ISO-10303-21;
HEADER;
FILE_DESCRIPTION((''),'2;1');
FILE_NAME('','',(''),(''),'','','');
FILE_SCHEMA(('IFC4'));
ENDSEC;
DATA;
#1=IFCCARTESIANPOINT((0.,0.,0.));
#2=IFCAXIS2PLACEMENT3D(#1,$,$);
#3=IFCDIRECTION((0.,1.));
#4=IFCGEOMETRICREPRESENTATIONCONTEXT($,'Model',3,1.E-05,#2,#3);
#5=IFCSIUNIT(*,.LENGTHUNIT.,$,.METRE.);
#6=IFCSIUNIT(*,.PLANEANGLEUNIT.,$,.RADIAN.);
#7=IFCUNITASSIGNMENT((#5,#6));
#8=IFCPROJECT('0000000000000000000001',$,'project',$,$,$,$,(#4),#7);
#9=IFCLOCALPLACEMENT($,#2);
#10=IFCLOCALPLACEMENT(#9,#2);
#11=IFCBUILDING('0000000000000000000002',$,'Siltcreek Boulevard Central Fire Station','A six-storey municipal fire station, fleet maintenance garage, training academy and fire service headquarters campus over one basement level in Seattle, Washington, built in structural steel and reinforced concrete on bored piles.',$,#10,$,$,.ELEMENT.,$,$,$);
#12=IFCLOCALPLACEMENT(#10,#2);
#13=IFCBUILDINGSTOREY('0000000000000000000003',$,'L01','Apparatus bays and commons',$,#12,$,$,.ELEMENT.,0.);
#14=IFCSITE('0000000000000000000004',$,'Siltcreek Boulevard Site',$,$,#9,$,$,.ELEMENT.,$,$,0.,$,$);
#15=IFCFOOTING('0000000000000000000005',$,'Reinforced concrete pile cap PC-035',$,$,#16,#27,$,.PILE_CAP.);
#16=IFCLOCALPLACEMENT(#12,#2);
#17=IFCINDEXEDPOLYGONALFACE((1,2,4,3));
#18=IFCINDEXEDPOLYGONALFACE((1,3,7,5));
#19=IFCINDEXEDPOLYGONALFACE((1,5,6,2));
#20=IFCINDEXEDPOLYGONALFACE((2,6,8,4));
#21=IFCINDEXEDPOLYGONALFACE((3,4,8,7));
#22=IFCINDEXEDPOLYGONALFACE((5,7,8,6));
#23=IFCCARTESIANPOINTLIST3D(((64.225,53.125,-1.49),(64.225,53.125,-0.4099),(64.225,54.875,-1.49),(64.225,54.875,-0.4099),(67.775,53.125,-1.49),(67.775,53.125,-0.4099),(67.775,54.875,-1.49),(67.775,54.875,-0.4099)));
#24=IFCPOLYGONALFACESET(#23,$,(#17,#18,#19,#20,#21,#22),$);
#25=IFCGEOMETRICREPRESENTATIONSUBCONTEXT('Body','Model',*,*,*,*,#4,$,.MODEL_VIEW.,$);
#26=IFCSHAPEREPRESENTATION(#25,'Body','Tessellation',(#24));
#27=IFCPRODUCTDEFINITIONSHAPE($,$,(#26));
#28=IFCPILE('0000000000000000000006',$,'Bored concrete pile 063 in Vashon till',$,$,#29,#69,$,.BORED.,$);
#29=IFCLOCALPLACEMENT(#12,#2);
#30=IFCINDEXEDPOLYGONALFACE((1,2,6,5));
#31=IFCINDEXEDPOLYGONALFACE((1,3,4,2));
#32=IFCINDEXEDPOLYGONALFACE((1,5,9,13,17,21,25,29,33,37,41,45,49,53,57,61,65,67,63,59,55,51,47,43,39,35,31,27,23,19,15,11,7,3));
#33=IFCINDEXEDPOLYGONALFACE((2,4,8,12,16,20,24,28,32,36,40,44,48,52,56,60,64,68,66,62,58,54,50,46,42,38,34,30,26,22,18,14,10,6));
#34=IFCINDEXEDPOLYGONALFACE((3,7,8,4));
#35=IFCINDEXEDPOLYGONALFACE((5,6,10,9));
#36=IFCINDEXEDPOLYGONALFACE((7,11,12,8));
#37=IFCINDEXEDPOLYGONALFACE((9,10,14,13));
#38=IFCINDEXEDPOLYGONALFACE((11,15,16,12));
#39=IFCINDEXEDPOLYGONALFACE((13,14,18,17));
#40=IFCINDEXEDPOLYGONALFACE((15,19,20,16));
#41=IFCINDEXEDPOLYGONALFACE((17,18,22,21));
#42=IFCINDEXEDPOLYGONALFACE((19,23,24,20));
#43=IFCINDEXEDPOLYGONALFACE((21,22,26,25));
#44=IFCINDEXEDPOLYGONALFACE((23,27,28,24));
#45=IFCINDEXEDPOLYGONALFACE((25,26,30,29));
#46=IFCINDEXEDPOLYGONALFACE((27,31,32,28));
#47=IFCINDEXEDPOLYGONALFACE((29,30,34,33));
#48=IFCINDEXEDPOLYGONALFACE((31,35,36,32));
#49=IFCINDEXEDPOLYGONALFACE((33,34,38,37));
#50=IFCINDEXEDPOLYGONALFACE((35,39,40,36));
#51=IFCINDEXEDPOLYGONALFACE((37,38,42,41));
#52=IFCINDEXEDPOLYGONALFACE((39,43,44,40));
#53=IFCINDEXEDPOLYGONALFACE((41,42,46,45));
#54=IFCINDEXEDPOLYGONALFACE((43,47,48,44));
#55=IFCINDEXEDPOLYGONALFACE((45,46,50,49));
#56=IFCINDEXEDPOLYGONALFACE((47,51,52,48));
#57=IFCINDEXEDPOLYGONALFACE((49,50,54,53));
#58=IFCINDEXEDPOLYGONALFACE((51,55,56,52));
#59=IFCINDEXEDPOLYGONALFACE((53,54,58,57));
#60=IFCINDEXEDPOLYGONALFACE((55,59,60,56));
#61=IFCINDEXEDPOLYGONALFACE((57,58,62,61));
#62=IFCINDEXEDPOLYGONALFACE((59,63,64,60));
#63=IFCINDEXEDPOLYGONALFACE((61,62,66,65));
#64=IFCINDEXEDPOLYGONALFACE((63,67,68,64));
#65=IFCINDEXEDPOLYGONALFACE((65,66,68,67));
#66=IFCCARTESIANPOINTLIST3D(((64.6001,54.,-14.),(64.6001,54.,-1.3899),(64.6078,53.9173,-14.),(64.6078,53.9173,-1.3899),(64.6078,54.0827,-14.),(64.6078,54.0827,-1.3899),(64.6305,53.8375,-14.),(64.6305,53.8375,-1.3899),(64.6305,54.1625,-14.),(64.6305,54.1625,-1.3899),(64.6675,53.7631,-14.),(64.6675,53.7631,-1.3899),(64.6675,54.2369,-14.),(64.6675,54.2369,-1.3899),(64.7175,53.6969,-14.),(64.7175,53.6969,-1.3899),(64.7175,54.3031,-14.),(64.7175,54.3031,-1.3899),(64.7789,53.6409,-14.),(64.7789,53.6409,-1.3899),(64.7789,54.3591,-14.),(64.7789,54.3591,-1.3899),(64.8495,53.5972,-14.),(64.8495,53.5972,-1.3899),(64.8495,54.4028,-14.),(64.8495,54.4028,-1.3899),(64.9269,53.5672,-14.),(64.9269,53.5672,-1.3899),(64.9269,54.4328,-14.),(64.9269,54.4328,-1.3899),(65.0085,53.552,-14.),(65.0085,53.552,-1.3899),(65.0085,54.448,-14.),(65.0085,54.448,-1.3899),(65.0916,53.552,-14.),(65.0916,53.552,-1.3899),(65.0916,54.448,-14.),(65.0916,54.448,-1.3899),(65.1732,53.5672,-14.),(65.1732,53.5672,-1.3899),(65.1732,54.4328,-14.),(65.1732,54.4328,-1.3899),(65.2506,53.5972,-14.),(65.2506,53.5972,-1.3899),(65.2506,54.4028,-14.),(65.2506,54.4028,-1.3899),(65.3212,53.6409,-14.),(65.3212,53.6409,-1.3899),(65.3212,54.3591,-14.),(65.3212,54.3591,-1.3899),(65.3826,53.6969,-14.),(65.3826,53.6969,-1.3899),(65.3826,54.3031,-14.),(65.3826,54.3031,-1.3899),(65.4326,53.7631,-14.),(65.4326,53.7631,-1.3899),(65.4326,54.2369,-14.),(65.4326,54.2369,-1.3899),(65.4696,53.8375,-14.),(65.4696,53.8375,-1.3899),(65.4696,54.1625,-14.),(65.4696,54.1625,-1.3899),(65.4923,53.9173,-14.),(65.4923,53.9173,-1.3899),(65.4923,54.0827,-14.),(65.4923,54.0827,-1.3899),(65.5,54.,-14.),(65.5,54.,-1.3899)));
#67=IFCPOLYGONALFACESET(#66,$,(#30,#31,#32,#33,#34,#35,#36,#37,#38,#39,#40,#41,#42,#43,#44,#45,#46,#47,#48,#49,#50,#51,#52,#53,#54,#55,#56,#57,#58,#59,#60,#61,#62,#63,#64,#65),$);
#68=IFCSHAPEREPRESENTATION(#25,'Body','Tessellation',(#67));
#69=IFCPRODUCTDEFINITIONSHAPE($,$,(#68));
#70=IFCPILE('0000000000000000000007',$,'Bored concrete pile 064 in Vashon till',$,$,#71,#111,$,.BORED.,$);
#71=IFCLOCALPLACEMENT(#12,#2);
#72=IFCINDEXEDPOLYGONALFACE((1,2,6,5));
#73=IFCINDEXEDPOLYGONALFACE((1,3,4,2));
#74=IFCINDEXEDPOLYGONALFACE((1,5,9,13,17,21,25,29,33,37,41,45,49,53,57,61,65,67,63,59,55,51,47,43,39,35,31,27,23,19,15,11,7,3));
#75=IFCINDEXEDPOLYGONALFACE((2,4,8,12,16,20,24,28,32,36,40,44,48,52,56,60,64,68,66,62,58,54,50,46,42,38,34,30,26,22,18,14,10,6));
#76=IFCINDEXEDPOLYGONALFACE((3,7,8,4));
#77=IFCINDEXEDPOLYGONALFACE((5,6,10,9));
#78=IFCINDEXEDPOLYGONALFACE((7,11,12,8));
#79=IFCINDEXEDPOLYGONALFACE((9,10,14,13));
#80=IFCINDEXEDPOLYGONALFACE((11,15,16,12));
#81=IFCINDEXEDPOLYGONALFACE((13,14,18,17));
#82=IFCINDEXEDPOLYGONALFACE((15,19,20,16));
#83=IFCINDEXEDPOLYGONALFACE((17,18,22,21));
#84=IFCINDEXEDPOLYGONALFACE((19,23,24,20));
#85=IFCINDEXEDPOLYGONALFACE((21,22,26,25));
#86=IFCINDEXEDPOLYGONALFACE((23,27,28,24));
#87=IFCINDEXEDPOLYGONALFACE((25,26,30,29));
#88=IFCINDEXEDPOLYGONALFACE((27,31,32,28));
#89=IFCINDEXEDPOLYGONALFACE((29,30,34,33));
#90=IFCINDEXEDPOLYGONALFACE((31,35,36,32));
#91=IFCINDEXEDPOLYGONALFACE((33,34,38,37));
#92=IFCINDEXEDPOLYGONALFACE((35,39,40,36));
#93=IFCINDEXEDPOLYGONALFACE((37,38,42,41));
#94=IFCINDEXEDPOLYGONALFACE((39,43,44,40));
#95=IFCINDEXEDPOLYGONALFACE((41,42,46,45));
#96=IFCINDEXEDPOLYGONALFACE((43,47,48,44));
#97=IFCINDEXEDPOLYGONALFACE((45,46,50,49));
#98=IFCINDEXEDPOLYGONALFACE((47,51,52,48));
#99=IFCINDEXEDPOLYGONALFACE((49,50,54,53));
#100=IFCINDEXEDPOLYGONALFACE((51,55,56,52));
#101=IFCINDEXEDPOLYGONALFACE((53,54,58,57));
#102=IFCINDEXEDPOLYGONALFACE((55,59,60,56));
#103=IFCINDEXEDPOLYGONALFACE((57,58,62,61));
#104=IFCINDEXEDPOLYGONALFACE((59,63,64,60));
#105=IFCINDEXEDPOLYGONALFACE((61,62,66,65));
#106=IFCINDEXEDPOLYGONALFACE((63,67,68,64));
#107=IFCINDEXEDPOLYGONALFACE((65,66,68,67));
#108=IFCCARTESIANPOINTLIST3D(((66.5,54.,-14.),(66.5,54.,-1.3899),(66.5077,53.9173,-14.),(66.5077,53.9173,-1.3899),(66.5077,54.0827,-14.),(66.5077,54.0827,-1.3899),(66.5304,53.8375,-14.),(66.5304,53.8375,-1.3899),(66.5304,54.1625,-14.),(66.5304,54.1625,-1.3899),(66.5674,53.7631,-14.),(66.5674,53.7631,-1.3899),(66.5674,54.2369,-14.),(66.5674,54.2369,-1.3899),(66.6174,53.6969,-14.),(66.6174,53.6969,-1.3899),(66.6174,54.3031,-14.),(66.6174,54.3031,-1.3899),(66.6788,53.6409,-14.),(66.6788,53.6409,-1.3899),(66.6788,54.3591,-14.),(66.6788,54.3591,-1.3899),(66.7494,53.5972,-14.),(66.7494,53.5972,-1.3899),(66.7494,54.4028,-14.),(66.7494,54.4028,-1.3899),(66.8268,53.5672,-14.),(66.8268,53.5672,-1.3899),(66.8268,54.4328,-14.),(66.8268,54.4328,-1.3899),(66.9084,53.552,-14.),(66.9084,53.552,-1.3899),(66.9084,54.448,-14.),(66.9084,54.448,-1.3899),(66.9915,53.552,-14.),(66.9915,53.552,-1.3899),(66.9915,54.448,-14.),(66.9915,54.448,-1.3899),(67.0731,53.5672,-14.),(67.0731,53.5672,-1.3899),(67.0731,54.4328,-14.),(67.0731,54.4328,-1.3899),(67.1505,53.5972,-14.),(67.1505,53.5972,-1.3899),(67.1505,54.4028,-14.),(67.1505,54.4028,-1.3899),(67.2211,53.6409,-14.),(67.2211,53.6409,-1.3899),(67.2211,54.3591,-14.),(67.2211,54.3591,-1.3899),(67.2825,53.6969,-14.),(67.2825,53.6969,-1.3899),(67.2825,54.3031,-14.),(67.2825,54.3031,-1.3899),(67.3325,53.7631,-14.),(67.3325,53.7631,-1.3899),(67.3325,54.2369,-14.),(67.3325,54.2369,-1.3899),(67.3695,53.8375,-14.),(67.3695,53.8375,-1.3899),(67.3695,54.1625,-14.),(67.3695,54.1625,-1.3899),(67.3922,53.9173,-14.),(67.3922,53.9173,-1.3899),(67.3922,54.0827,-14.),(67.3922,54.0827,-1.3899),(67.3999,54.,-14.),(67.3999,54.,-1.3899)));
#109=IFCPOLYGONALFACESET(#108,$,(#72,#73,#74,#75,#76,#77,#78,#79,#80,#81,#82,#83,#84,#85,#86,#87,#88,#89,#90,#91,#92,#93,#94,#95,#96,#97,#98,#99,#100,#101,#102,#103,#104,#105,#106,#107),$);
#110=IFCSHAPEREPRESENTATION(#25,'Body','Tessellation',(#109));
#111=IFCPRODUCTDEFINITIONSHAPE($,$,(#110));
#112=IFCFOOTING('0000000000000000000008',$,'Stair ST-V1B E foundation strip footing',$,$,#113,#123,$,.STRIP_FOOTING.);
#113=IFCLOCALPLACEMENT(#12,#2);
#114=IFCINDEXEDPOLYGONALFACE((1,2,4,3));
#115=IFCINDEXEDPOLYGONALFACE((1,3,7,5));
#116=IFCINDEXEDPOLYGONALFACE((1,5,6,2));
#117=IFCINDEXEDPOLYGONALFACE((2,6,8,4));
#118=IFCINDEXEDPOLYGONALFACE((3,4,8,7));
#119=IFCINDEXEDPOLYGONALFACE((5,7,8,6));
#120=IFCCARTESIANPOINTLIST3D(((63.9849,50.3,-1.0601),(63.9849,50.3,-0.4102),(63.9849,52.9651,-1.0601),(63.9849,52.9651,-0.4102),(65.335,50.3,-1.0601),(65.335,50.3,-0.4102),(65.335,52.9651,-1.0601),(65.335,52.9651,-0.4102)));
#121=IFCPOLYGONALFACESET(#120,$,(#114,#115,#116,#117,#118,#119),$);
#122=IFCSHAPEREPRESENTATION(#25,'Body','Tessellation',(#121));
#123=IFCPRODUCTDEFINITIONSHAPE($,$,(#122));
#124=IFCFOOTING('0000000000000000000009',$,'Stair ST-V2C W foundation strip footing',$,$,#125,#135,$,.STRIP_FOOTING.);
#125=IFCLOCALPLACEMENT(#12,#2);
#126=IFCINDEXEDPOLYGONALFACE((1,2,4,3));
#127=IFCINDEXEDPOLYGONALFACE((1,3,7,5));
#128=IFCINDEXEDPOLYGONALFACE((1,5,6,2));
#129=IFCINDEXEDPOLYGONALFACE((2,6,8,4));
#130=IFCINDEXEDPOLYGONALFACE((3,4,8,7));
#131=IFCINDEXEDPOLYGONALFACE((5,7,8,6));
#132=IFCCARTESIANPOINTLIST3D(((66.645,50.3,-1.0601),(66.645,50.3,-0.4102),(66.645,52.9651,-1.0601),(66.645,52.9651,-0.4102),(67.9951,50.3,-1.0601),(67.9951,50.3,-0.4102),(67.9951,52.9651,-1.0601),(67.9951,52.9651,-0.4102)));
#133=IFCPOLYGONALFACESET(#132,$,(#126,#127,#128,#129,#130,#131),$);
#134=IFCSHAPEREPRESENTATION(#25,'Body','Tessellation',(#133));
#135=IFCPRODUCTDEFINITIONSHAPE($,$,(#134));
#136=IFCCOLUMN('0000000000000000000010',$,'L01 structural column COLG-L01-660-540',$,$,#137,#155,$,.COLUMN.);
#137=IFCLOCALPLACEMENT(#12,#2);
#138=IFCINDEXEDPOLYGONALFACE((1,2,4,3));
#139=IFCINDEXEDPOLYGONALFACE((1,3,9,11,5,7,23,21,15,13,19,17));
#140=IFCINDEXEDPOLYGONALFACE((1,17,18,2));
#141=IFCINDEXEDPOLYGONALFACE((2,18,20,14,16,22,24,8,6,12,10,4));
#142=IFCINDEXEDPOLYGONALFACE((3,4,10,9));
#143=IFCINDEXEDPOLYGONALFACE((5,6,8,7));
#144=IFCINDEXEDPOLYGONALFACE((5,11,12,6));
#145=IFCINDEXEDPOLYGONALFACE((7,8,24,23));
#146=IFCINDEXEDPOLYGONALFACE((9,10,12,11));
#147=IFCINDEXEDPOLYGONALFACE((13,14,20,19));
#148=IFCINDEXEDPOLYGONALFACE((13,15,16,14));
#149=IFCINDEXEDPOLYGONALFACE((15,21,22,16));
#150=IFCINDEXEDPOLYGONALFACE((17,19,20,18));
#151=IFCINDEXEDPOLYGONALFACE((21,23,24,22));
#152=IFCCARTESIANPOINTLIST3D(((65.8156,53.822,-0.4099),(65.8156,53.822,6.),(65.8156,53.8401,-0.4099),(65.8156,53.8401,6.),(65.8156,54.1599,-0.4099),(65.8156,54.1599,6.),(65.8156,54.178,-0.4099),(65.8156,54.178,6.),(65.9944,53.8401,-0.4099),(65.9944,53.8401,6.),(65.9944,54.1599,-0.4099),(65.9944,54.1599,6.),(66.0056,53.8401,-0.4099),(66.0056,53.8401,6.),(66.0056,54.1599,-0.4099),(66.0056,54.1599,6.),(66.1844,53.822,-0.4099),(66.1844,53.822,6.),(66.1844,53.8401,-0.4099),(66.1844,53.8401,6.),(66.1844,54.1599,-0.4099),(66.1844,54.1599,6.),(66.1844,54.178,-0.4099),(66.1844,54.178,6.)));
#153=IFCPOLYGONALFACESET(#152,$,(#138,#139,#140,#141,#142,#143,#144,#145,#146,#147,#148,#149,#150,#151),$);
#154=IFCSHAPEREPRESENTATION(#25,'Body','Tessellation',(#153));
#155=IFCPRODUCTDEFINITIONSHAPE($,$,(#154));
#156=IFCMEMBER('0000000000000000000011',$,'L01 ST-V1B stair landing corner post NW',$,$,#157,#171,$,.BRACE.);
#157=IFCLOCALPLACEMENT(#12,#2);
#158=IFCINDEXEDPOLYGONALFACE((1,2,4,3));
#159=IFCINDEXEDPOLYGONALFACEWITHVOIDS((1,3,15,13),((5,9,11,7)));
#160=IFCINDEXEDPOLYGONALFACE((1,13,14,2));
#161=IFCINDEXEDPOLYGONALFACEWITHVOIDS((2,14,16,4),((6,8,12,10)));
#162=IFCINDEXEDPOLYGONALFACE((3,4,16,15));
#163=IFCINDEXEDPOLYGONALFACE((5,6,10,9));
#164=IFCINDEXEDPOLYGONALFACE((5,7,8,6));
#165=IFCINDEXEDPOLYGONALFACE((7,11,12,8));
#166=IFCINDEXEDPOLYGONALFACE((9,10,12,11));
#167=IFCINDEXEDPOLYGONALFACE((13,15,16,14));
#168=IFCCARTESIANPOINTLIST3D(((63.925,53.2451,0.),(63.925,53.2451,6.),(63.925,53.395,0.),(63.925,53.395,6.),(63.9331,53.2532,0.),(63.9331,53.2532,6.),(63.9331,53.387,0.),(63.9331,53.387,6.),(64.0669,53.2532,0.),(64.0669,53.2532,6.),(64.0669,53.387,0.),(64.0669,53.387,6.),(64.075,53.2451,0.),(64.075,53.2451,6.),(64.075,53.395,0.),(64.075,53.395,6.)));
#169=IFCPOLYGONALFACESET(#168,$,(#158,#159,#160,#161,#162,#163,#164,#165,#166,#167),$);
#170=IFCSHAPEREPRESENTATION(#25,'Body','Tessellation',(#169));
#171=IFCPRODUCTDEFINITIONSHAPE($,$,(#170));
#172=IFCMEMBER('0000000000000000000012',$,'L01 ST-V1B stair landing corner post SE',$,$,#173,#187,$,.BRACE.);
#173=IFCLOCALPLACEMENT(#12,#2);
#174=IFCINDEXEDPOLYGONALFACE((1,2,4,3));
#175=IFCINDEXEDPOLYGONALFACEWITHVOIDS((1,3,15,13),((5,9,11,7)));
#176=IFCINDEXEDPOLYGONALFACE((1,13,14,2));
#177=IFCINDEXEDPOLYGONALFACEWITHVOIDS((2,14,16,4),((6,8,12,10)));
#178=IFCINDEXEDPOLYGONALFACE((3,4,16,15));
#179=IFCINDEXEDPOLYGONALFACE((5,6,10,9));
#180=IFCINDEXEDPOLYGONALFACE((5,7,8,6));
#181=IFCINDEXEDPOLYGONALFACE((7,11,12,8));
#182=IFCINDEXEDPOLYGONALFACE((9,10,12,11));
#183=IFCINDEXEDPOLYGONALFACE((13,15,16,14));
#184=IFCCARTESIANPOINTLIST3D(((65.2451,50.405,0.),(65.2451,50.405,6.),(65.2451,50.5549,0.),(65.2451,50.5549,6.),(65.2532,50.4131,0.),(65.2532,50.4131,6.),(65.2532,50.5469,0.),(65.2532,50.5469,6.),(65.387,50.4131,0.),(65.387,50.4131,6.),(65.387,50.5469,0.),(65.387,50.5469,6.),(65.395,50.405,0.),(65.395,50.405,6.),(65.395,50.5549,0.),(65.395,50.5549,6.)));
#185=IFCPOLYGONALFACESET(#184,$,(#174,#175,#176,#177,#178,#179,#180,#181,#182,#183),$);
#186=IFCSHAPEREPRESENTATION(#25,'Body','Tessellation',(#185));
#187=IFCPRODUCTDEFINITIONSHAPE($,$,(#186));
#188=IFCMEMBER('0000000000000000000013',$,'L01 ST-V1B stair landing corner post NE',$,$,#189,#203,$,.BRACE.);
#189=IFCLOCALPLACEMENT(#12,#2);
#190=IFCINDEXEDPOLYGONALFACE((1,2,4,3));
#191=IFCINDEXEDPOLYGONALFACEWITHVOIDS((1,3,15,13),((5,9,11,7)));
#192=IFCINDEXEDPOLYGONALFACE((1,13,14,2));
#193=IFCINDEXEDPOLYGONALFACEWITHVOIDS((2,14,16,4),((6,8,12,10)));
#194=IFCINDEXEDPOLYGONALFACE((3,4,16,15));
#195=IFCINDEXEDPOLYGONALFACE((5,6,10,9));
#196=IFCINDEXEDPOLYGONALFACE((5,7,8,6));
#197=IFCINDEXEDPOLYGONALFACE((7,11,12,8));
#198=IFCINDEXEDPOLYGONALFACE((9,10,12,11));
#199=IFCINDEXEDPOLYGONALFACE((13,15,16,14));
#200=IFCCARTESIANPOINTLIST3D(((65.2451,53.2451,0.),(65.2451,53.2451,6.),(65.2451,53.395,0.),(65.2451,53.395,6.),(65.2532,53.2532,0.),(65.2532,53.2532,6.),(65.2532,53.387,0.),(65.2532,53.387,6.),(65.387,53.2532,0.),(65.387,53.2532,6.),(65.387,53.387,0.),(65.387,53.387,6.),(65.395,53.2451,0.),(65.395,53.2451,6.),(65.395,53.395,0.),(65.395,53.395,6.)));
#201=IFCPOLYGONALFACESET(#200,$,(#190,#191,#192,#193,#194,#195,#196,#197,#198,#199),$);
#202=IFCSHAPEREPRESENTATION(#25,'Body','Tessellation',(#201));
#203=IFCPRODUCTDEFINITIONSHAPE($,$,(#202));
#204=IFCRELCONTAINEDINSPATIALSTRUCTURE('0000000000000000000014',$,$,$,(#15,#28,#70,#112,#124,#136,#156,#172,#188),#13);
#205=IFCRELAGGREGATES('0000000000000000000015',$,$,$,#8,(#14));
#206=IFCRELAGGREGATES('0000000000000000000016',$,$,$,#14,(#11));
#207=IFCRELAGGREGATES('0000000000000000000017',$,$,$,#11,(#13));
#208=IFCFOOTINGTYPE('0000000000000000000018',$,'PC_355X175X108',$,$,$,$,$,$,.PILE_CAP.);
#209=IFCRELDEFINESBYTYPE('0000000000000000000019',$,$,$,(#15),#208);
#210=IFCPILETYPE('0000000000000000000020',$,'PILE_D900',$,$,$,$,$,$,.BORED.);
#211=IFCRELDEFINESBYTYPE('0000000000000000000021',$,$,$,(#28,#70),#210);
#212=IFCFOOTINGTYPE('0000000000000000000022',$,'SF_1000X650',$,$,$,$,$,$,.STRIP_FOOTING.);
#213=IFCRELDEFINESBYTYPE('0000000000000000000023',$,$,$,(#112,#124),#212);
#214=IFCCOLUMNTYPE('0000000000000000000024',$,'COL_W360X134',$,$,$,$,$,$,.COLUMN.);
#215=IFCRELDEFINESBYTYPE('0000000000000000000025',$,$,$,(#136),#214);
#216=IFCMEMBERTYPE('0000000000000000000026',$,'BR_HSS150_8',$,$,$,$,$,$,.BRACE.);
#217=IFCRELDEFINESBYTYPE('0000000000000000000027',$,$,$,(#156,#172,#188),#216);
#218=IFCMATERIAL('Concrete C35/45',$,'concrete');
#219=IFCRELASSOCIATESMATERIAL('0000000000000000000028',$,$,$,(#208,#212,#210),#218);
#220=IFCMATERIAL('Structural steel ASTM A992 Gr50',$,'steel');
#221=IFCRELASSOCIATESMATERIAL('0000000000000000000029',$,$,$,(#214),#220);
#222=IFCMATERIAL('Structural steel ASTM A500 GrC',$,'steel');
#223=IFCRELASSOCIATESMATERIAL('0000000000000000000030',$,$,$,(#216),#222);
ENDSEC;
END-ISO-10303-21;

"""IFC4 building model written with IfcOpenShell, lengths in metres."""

from ifc_helpers import new_model, si_unit, direction, frame, origin, origin_2d, place, context, subcontext, project, spatial, rectangle, hollow_rectangle, circle, i_section, extrude, material, material_profile, profile_set, type_object, element, save


model = new_model("IFC4")

# Units and contexts
model_context = context("Model", 3, precision=1e-05, world=origin(), true_north=direction((0.0, 1.0)))
body_context = subcontext(model_context, "Body", "Model", "MODEL_VIEW")
ifc_project = project(units=[si_unit("LENGTHUNIT", "METRE"), si_unit("PLANEANGLEUNIT", "RADIAN")], contexts=[model_context])

# Site, building, storey
site_placement = place(None, origin())
site = spatial("IfcSite", under=ifc_project, at=site_placement, Name="Siltcreek Boulevard Site", CompositionType="ELEMENT", RefElevation=0.0)
building_placement = place(site_placement, origin())
building = spatial("IfcBuilding", under=site, at=building_placement, Name="Siltcreek Boulevard Central Fire Station", Description="A six-storey municipal fire station, fleet maintenance garage, training academy and fire service headquarters campus over one basement level in Seattle, Washington, built in structural steel and reinforced concrete on bored piles.", CompositionType="ELEMENT")
storey_placement = place(building_placement, origin())
storey = spatial("IfcBuildingStorey", under=building, at=storey_placement, Name="L01", Description="Apparatus bays and commons", CompositionType="ELEMENT", Elevation=0.0)

# Footing
ifc_material_1 = material(Name="Concrete C35/45", Category="concrete")
footing_type_1 = type_object("IfcFootingType", Name="PC_355X175X108", PredefinedType="PILE_CAP", material=ifc_material_1)
footing_placement = place(storey_placement, frame((66.0, 54.0, -1.49), z_axis=(0.0, 0.0, 1.0), x_axis=(1.0, 0.0, 0.0)))
element("IfcFooting", 1, at=footing_placement, inside=storey, type_object=footing_type_1, Name="Reinforced concrete pile cap PC-035", PredefinedType="PILE_CAP", context=body_context, shape_type="SweptSolid", body=[
    extrude(rectangle(XDim=3.55, YDim=1.75, at=origin_2d()), origin(), (0.0, 0.0, 1.0), 1.0801),
])

# Piles
ifc_material_profile_1 = material_profile(ifc_material_1, circle(Radius=0.45, at=origin_2d()), Name="SHAFT900")
ifc_profile_set_1 = profile_set([ifc_material_profile_1], Name="Concrete C35/45")
pile_type = type_object("IfcPileType", Name="PILE_D900", PredefinedType="BORED", material=ifc_profile_set_1)
for number, where, z_axis, x_axis, name in (
    (2, (65.05, 54.0, -1.3899), (0.0, 0.0, -1.0), (1.0, 0.0, 0.0), "Bored concrete pile 063 in Vashon till"),
    (3, (66.95, 54.0, -1.3899), (0.0, 0.0, -1.0), (1.0, 0.0, 0.0), "Bored concrete pile 064 in Vashon till"),
):
    element("IfcPile", number, at=place(storey_placement, frame(where, z_axis=z_axis, x_axis=x_axis)), inside=storey, type_object=pile_type, Name=name, PredefinedType="BORED", context=body_context, shape_type="SweptSolid", body=[
        extrude(circle(Radius=0.45, at=origin_2d()), origin(), (0.0, 0.0, 1.0), 12.6101),
    ])

# Footings
footing_type_2 = type_object("IfcFootingType", Name="SF_1000X650", PredefinedType="STRIP_FOOTING", material=ifc_material_1)
for number, where, z_axis, x_axis, name in (
    (4, (64.6599, 51.6326, -1.0601), (0.0, 0.0, 1.0), (1.0, 0.0, 0.0), "Stair ST-V1B E foundation strip footing"),
    (5, (67.3201, 51.6326, -1.0601), (0.0, 0.0, 1.0), (1.0, 0.0, 0.0), "Stair ST-V2C W foundation strip footing"),
):
    element("IfcFooting", number, at=place(storey_placement, frame(where, z_axis=z_axis, x_axis=x_axis)), inside=storey, type_object=footing_type_2, Name=name, PredefinedType="STRIP_FOOTING", context=body_context, shape_type="SweptSolid", body=[
        extrude(rectangle(XDim=1.3501, YDim=2.665, at=origin_2d()), origin(), (0.0, 0.0, 1.0), 0.6499),
    ])

# Column
ifc_material_2 = material(Name="Structural steel ASTM A992 Gr50", Category="steel")
ifc_material_profile_2 = material_profile(ifc_material_2, i_section(OverallWidth=0.3689, OverallDepth=0.356, WebThickness=0.0112, FlangeThickness=0.0181, at=origin_2d()), Name="W360X134")
ifc_profile_set_2 = profile_set([ifc_material_profile_2], Name="Structural steel ASTM A992 Gr50")
column_type = type_object("IfcColumnType", Name="COL_W360X134", PredefinedType="COLUMN", material=ifc_profile_set_2)
column_placement = place(storey_placement, frame((66.0, 54.0, -0.4099), z_axis=(0.0, 0.0, 1.0), x_axis=(1.0, 0.0, 0.0)))
element("IfcColumn", 6, at=column_placement, inside=storey, type_object=column_type, Name="L01 structural column COLG-L01-660-540", PredefinedType="COLUMN", context=body_context, shape_type="SweptSolid", body=[
    extrude(i_section(OverallWidth=0.3689, OverallDepth=0.356, WebThickness=0.0112, FlangeThickness=0.0181, at=origin_2d()), origin(), (0.0, 0.0, 1.0), 6.4099),
])

# Members
ifc_material_3 = material(Name="Structural steel ASTM A500 GrC", Category="steel")
ifc_material_profile_3 = material_profile(ifc_material_3, hollow_rectangle(XDim=0.1499, YDim=0.1499, WallThickness=0.0081, at=origin_2d()), Name="HSS150X150X8.0")
ifc_profile_set_3 = profile_set([ifc_material_profile_3], Name="Structural steel ASTM A500 GrC")
member_type_1 = type_object("IfcMemberType", Name="BR_HSS150_8", PredefinedType="BRACE", material=ifc_profile_set_3)
for number, where, z_axis, x_axis, name in (
    (7, (64.0, 53.3201, 0.0), (0.0, 0.0, 1.0), (1.0, 0.0, 0.0), "L01 ST-V1B stair landing corner post NW"),
    (8, (65.3201, 50.48, 0.0), (0.0, 0.0, 1.0), (1.0, 0.0, 0.0), "L01 ST-V1B stair landing corner post SE"),
    (9, (65.3201, 53.3201, 0.0), (0.0, 0.0, 1.0), (1.0, 0.0, 0.0), "L01 ST-V1B stair landing corner post NE"),
):
    element("IfcMember", number, at=place(storey_placement, frame(where, z_axis=z_axis, x_axis=x_axis)), inside=storey, type_object=member_type_1, Name=name, PredefinedType="BRACE", context=body_context, shape_type="SweptSolid", body=[
        extrude(hollow_rectangle(XDim=0.1499, YDim=0.1499, WallThickness=0.0081, at=origin_2d()), origin(), (0.0, 0.0, 1.0), 6.0),
    ])

save(model, "model.ifc")
